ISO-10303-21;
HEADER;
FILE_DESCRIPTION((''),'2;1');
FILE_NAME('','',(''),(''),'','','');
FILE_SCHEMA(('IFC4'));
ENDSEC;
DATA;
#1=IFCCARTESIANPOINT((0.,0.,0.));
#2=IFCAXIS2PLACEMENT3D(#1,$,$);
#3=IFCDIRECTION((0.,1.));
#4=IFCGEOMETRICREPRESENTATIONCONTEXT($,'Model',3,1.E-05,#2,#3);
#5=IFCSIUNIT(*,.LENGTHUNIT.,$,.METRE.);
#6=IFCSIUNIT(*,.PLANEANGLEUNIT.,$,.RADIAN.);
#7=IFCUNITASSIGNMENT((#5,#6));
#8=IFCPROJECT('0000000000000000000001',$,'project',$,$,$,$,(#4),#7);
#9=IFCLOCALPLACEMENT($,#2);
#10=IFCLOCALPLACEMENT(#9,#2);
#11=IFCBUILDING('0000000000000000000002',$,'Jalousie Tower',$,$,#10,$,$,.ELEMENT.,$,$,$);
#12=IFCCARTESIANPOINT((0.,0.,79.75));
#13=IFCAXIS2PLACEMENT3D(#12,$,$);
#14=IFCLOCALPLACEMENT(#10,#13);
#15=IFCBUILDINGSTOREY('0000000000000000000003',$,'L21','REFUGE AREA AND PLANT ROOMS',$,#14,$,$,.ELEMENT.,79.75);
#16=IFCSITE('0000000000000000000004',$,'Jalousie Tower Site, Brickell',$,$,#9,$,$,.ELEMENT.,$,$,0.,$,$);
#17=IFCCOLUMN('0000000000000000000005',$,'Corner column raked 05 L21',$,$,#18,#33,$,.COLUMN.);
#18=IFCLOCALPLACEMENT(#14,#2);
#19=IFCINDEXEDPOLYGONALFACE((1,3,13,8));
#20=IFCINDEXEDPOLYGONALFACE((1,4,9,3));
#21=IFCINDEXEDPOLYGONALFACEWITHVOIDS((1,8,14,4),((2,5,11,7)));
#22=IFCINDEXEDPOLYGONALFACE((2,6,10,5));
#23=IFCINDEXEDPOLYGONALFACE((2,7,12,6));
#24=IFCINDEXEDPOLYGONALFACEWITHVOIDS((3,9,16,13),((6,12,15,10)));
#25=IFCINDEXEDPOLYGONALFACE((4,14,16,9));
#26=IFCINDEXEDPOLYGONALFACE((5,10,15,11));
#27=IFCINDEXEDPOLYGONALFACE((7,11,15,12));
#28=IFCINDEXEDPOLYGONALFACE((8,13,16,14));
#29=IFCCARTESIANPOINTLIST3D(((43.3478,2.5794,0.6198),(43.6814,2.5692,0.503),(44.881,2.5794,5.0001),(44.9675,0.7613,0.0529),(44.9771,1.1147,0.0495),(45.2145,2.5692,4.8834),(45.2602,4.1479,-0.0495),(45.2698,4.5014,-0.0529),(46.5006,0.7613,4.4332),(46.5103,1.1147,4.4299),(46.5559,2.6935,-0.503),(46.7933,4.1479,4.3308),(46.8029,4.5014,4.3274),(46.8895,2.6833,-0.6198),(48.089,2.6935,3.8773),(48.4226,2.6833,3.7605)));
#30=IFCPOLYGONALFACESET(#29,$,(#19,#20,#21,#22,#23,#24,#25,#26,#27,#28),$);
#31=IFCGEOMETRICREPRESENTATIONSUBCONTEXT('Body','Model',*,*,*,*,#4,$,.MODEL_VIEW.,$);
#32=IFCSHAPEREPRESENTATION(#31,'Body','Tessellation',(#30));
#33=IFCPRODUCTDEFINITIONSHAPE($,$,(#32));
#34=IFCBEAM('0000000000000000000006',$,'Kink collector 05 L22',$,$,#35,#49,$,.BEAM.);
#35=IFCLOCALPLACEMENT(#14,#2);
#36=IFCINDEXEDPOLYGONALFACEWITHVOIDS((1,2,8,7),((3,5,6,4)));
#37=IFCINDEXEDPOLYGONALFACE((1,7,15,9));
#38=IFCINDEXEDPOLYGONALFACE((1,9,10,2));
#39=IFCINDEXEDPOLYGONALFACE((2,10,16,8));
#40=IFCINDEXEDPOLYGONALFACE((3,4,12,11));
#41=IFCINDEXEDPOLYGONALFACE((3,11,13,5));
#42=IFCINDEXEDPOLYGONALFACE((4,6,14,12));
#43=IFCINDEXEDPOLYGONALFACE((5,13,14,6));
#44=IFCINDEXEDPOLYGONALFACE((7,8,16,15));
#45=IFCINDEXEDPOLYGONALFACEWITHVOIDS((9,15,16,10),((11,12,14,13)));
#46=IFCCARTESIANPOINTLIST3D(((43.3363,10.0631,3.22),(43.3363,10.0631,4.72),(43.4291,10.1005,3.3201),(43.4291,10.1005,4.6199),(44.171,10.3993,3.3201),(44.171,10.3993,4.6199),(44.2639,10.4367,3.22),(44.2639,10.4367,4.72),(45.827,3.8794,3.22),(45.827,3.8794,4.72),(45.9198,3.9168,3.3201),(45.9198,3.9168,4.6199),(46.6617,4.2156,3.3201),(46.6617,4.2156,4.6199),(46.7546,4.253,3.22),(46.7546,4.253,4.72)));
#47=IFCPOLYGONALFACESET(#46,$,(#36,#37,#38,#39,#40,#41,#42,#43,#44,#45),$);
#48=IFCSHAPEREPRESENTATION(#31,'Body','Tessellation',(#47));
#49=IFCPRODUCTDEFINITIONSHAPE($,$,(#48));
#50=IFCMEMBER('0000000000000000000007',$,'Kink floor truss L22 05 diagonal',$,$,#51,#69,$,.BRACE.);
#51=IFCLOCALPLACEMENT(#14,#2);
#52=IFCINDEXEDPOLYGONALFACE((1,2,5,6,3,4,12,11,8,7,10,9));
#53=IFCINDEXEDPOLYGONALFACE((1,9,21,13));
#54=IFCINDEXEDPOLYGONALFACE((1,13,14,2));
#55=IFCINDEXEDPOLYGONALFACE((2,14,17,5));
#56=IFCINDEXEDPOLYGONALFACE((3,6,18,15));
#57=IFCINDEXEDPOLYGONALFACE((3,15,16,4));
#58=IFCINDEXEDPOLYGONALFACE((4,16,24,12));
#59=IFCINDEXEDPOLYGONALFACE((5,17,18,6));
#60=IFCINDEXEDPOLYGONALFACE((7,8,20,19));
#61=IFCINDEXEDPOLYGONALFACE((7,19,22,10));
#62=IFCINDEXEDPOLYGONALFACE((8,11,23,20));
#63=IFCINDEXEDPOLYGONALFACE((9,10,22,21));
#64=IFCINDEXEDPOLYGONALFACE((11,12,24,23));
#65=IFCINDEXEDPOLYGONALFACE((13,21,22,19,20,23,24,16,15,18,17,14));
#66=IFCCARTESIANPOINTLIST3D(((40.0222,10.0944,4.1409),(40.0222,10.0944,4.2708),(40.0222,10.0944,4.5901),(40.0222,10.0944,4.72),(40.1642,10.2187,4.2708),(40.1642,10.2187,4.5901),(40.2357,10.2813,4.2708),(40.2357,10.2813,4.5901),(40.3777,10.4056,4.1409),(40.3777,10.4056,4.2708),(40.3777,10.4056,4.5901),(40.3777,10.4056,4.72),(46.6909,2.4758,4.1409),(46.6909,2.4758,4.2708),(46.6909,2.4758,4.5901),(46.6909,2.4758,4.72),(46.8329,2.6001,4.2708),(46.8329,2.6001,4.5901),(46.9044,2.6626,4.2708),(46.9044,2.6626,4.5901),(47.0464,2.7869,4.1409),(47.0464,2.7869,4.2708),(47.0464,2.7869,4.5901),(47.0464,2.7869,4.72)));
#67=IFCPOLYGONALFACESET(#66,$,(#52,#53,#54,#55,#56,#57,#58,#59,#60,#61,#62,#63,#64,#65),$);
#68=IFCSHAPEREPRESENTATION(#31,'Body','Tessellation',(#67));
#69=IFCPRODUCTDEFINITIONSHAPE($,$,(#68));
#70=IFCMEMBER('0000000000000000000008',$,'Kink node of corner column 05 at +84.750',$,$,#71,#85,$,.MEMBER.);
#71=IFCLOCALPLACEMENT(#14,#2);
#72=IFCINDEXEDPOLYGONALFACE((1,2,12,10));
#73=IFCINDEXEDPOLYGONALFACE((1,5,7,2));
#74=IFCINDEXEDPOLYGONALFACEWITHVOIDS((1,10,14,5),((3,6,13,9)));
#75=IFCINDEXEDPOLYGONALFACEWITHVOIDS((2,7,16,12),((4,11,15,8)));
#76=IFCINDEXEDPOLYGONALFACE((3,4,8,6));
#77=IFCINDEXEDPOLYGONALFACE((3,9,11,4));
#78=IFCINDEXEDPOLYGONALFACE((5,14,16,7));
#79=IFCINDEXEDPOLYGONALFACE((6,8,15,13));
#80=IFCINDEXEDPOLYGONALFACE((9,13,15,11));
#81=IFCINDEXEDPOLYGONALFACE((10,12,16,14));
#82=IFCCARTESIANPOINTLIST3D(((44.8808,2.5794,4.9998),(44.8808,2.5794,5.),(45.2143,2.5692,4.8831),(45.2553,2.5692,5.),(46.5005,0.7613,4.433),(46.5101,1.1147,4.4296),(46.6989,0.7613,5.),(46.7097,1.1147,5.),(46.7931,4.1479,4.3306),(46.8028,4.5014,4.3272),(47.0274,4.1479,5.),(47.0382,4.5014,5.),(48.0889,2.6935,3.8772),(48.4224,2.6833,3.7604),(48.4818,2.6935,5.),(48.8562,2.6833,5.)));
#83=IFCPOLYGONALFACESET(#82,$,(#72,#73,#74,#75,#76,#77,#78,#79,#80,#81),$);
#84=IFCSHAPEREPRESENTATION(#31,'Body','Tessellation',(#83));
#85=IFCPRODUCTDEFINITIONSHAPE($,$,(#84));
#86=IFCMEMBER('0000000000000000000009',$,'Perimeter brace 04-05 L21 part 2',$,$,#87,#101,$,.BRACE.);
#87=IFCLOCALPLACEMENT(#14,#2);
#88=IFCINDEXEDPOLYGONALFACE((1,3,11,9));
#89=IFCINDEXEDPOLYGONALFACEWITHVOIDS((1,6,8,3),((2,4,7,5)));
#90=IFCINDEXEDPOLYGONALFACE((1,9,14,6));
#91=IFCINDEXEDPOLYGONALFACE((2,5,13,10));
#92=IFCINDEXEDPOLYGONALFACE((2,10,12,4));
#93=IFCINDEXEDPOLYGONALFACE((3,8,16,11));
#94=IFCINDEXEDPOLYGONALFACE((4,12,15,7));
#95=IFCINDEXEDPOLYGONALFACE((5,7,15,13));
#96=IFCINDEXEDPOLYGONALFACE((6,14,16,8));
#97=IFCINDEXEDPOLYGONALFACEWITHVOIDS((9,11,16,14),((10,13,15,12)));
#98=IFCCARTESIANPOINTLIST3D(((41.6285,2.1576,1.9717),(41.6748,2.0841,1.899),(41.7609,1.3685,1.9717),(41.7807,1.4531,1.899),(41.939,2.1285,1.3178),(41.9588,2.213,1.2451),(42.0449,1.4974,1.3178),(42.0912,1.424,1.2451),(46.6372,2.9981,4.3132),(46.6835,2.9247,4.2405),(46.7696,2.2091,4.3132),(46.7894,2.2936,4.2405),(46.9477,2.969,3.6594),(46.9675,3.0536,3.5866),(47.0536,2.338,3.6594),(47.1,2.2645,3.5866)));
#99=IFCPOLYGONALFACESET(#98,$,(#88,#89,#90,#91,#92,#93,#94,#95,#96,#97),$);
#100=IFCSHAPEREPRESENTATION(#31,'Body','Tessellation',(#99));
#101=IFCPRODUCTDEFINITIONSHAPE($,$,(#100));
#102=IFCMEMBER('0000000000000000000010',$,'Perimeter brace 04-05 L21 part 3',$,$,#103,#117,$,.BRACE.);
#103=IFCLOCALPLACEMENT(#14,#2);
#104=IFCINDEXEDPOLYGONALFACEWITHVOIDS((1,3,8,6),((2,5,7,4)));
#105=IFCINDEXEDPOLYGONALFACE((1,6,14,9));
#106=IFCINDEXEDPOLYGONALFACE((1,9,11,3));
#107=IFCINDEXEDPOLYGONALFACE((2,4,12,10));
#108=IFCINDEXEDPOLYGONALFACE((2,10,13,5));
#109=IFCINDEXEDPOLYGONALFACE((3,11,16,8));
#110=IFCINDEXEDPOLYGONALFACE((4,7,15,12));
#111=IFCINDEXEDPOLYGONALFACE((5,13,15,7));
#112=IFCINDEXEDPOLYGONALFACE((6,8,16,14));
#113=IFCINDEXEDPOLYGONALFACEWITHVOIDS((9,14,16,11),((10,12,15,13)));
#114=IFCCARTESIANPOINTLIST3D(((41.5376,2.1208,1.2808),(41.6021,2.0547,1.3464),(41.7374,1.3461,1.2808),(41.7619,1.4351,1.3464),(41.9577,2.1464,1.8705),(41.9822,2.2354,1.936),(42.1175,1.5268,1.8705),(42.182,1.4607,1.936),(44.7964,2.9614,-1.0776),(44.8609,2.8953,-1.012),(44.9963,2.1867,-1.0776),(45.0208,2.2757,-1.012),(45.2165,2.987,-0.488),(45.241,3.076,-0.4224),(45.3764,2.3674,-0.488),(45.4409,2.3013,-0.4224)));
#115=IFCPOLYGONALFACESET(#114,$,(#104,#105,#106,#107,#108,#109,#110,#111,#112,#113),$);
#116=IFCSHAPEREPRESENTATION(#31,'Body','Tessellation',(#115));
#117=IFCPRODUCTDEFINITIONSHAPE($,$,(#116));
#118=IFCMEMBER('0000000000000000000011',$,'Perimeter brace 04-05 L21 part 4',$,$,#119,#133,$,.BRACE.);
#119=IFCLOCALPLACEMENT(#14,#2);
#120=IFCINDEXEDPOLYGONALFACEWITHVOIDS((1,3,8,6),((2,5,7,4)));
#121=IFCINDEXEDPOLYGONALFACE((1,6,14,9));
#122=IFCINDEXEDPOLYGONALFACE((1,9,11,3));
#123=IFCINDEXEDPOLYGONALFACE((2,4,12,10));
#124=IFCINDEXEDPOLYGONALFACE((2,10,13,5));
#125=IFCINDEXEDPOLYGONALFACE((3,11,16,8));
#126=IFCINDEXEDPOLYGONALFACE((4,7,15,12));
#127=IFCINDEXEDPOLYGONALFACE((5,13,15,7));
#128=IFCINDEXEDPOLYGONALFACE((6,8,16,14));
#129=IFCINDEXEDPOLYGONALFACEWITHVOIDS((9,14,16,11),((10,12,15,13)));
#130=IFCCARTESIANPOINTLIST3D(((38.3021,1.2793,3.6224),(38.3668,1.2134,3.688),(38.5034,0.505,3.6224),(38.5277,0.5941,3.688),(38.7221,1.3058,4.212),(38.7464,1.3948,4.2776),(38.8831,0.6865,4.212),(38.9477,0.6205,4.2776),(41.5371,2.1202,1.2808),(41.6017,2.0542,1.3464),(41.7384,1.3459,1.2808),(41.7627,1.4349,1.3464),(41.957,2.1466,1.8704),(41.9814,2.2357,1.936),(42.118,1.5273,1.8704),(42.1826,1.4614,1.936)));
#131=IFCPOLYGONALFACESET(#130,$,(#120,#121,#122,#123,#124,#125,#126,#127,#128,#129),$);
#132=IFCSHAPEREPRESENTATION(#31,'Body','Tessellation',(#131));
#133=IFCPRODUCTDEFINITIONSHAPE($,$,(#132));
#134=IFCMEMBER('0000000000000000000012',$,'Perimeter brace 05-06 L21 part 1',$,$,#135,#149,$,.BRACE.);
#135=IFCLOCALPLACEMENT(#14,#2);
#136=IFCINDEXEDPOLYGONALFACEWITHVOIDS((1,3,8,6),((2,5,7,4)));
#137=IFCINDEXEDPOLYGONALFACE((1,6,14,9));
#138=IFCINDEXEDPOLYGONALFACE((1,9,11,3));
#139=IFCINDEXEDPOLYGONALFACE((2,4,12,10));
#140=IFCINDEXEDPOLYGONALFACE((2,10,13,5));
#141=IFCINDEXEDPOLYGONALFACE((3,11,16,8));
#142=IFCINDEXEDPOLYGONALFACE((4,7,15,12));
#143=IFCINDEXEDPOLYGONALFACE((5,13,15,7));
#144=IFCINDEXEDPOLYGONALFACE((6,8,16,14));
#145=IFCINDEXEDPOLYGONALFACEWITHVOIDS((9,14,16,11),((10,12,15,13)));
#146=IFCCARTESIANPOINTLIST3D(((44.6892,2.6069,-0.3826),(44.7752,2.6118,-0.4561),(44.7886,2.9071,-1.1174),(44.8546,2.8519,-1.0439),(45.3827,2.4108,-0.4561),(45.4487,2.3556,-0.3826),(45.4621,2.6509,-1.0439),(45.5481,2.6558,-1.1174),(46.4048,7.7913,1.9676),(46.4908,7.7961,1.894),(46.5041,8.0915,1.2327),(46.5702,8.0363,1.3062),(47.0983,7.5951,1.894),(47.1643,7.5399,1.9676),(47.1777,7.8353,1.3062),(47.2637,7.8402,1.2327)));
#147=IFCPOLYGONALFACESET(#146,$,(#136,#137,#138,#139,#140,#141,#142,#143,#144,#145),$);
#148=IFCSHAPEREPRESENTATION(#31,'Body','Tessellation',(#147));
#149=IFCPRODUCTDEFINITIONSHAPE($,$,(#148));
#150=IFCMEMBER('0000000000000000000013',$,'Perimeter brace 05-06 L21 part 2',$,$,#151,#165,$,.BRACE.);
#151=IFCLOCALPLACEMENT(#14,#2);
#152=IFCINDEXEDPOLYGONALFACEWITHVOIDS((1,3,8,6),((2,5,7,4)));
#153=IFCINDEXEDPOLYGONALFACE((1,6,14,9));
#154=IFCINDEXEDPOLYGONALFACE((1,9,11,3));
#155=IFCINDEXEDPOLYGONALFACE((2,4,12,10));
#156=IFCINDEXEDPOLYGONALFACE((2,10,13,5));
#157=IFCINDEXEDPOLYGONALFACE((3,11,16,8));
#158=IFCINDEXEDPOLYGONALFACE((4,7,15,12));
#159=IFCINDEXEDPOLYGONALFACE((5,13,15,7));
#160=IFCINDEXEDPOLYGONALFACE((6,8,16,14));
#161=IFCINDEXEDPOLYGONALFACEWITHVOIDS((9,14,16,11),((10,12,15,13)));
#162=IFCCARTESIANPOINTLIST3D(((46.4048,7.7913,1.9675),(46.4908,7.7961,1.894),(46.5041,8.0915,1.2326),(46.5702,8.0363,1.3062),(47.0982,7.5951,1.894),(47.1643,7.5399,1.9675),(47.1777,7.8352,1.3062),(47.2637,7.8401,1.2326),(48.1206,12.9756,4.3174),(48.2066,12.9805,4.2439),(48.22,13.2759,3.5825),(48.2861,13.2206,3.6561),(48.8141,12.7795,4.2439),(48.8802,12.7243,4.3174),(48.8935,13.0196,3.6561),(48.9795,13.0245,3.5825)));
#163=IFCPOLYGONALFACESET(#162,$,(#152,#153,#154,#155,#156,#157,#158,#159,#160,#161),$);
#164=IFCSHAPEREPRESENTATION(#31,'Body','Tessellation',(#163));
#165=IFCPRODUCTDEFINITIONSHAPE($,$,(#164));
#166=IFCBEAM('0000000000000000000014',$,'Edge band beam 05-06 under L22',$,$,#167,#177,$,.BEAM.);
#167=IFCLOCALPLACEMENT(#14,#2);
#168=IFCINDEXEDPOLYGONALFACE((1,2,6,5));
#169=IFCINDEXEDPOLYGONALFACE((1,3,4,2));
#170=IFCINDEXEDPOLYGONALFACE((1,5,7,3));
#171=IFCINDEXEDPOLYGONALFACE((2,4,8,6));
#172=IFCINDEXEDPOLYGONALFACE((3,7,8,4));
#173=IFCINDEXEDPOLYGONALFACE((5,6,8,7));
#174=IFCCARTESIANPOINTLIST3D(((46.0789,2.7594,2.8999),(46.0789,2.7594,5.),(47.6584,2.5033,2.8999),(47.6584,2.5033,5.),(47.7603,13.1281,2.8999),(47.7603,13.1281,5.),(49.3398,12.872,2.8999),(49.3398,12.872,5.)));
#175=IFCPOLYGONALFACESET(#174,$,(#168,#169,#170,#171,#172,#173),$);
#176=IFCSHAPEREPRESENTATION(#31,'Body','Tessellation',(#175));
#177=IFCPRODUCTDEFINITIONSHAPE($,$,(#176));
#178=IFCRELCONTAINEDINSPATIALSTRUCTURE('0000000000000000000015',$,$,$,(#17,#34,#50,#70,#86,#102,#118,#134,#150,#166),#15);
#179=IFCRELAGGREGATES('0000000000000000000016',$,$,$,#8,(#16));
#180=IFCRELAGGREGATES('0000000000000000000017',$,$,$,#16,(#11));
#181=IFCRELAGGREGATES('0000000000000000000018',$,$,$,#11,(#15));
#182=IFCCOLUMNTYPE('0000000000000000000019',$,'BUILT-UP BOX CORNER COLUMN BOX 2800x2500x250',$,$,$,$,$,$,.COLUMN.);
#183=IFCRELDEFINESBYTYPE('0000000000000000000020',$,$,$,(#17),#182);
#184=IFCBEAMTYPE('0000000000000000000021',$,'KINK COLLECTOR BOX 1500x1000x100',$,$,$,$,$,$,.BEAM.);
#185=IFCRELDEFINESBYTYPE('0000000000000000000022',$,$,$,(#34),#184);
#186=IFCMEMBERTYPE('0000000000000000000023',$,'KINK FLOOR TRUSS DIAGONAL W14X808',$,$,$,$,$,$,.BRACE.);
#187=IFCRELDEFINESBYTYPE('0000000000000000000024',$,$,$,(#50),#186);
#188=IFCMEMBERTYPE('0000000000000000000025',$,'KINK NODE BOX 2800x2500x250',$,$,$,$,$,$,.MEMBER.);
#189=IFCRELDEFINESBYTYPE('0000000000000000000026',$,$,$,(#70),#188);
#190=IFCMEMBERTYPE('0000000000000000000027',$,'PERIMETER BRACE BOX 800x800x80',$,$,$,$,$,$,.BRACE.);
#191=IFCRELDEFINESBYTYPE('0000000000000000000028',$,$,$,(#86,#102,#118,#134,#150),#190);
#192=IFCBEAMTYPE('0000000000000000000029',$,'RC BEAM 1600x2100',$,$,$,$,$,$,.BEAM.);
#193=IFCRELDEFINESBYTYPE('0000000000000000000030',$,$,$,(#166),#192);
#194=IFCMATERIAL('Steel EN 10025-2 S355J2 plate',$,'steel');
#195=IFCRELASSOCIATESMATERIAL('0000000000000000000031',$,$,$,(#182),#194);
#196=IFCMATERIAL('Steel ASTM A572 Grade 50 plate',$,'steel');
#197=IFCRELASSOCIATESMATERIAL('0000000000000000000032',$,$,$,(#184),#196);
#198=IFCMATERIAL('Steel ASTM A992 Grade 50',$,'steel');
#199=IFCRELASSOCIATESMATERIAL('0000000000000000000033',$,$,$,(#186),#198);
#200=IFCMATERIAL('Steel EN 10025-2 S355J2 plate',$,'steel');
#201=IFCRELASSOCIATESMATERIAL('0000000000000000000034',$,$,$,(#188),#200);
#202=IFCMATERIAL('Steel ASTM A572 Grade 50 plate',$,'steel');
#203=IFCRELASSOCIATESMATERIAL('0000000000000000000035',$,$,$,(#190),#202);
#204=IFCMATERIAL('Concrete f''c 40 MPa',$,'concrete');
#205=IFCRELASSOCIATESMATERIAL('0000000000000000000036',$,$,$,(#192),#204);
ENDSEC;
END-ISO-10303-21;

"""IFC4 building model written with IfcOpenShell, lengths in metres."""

from ifc_helpers import new_model, si_unit, direction, frame, origin, origin_2d, place, context, subcontext, project, spatial, rectangle, hollow_rectangle, i_section, extrude, clip, halfspace, material, material_profile, profile_set, type_object, element, save


model = new_model("IFC4")

# Units and contexts
model_context = context("Model", 3, precision=1e-05, world=origin(), true_north=direction((0.0, 1.0)))
body_context = subcontext(model_context, "Body", "Model", "MODEL_VIEW")
ifc_project = project(units=[si_unit("LENGTHUNIT", "METRE"), si_unit("PLANEANGLEUNIT", "RADIAN")], contexts=[model_context])

# Site, building, storey
site_placement = place(None, origin())
site = spatial("IfcSite", under=ifc_project, at=site_placement, Name="Jalousie Tower Site, Brickell", CompositionType="ELEMENT", RefElevation=0.0)
building_placement = place(site_placement, origin())
building = spatial("IfcBuilding", under=site, at=building_placement, Name="Jalousie Tower", CompositionType="ELEMENT")
storey_placement = place(building_placement, frame((0.0, 0.0, 79.75)))
storey = spatial("IfcBuildingStorey", under=building, at=storey_placement, Name="L21", Description="REFUGE AREA AND PLANT ROOMS", CompositionType="ELEMENT", Elevation=79.75)

# Column
ifc_material_1 = material(Name="Steel EN 10025-2 S355J2 plate", Category="steel")
ifc_material_profile_1 = material_profile(ifc_material_1, hollow_rectangle(XDim=2.5, YDim=2.8, WallThickness=0.25, at=origin_2d()), Name="BOX 2800x2500x250")
ifc_profile_set_1 = profile_set([ifc_material_profile_1], Name="Steel EN 10025-2 S355J2 plate")
column_type = type_object("IfcColumnType", Name="BUILT-UP BOX CORNER COLUMN BOX 2800x2500x250", PredefinedType="COLUMN", material=ifc_profile_set_1)
column_placement = place(storey_placement, frame((45.1187, 2.6313, 0.0), z_axis=(0.33035, 0.0, 0.943858), x_axis=(-0.647863, 0.727226, 0.226752)))
element("IfcColumn", 1, at=column_placement, inside=storey, type_object=column_type, Name="Corner column raked 05 L21", PredefinedType="COLUMN", context=body_context, shape_type="SweptSolid", body=[
    extrude(hollow_rectangle(XDim=2.5, YDim=2.8, WallThickness=0.25, at=origin_2d()), origin(), (0.0, 0.0, 1.0), 4.6409),
])

# Beam
ifc_material_2 = material(Name="Steel ASTM A572 Grade 50 plate", Category="steel")
ifc_material_profile_2 = material_profile(ifc_material_2, hollow_rectangle(XDim=1.0, YDim=1.5, WallThickness=0.1001, at=origin_2d()), Name="BOX 1500x1000x100")
ifc_profile_set_2 = profile_set([ifc_material_profile_2], Name="Steel ASTM A572 Grade 50 plate")
beam_type_1 = type_object("IfcBeamType", Name="KINK COLLECTOR BOX 1500x1000x100", PredefinedType="BEAM", material=ifc_profile_set_2)
beam_1_placement = place(storey_placement, frame((46.2908, 4.0662, 3.97), z_axis=(-0.373612, 0.927585, 0.0), x_axis=(-0.927585, -0.373612, 0.0)))
element("IfcBeam", 2, at=beam_1_placement, inside=storey, type_object=beam_type_1, Name="Kink collector 05 L22", PredefinedType="BEAM", context=body_context, shape_type="SweptSolid", body=[
    extrude(hollow_rectangle(XDim=1.0, YDim=1.5, WallThickness=0.1001, at=origin_2d()), origin(), (0.0, 0.0, 1.0), 6.6665),
])

# Members
ifc_material_3 = material(Name="Steel ASTM A992 Grade 50", Category="steel")
ifc_material_profile_3 = material_profile(ifc_material_3, i_section(OverallWidth=0.4724, OverallDepth=0.5791, WebThickness=0.095, FlangeThickness=0.1299, at=origin_2d()), Name="W14X808")
ifc_profile_set_3 = profile_set([ifc_material_profile_3], Name="Steel ASTM A992 Grade 50")
member_type_1 = type_object("IfcMemberType", Name="KINK FLOOR TRUSS DIAGONAL W14X808", PredefinedType="BRACE", material=ifc_profile_set_3)
member_1_placement = place(storey_placement, frame((46.8687, 2.6313, 4.4304), z_axis=(-0.658638, 0.75246, 0.0), x_axis=(-0.75246, -0.658638, 0.0)))
element("IfcMember", 3, at=member_1_placement, inside=storey, type_object=member_type_1, Name="Kink floor truss L22 05 diagonal", PredefinedType="BRACE", context=body_context, shape_type="SweptSolid", body=[
    extrude(i_section(OverallWidth=0.4724, OverallDepth=0.5791, WebThickness=0.095, FlangeThickness=0.1299, at=origin_2d()), origin(), (0.0, 0.0, 1.0), 10.125),
])
ifc_material_4 = material(Name="Steel EN 10025-2 S355J2 plate", Category="steel")
ifc_material_profile_4 = material_profile(ifc_material_4, hollow_rectangle(XDim=2.5, YDim=2.8, WallThickness=0.25, at=origin_2d()), Name="BOX 2800x2500x250")
ifc_profile_set_4 = profile_set([ifc_material_profile_4], Name="Steel EN 10025-2 S355J2 plate")
member_type_2 = type_object("IfcMemberType", Name="KINK NODE BOX 2800x2500x250", PredefinedType="MEMBER", material=ifc_profile_set_4)
member_2_placement = place(storey_placement, frame((46.6516, 2.6313, 4.3801), z_axis=(0.330301, 0.0, 0.943876), x_axis=(-0.647875, 0.727226, 0.226718)))
element("IfcMember", 4, at=member_2_placement, inside=storey, type_object=member_type_2, Name="Kink node of corner column 05 at +84.750", PredefinedType="MEMBER", context=body_context, shape_type="Clipping", body=[
    clip(extrude(hollow_rectangle(XDim=2.5, YDim=2.8, WallThickness=0.25, at=origin_2d()), origin(), (0.0, 0.0, 1.0), 1.3135), halfspace(frame((0.0, 0.0, 0.6567), z_axis=(0.226718, 0.240203, 0.943876)), False)),
])
ifc_material_5 = material(Name="Steel ASTM A572 Grade 50 plate", Category="steel")
ifc_material_profile_5 = material_profile(ifc_material_5, hollow_rectangle(XDim=0.8, YDim=0.8, WallThickness=0.0801, at=origin_2d()), Name="BOX 800x800x80")
ifc_profile_set_5 = profile_set([ifc_material_profile_5], Name="Steel ASTM A572 Grade 50 plate")
member_type_3 = type_object("IfcMemberType", Name="PERIMETER BRACE BOX 800x800x80", PredefinedType="BRACE", material=ifc_profile_set_5)
member_3_placement = place(storey_placement, frame((41.8599, 1.7908, 1.6084), z_axis=(0.895607, 0.150301, 0.418686), x_axis=(-0.165506, 0.986209, 0.0)))
element("IfcMember", 5, at=member_3_placement, inside=storey, type_object=member_type_3, Name="Perimeter brace 04-05 L21 part 2", PredefinedType="BRACE", context=body_context, shape_type="SweptSolid", body=[
    extrude(hollow_rectangle(XDim=0.8, YDim=0.8, WallThickness=0.0801, at=origin_2d()), origin(), (0.0, 0.0, 1.0), 5.5925),
])
member_4_placement = place(storey_placement, frame((45.1187, 2.6313, -0.75), z_axis=(-0.792982, -0.204543, 0.573884), x_axis=(0.249766, -0.968306, 0.0)))
element("IfcMember", 6, at=member_4_placement, inside=storey, type_object=member_type_3, Name="Perimeter brace 04-05 L21 part 3", PredefinedType="BRACE", context=body_context, shape_type="SweptSolid", body=[
    extrude(hollow_rectangle(XDim=0.8, YDim=0.8, WallThickness=0.0801, at=origin_2d()), origin(), (0.0, 0.0, 1.0), 4.1096),
])
member_5_placement = place(storey_placement, frame((41.8599, 1.7908, 1.6084), z_axis=(-0.792673, -0.206035, 0.573776), x_axis=(0.251565, -0.96784, 0.0)))
element("IfcMember", 7, at=member_5_placement, inside=storey, type_object=member_type_3, Name="Perimeter brace 04-05 L21 part 4", PredefinedType="BRACE", context=body_context, shape_type="SweptSolid", body=[
    extrude(hollow_rectangle(XDim=0.8, YDim=0.8, WallThickness=0.0801, at=origin_2d()), origin(), (0.0, 0.0, 1.0), 4.0811),
])
for number, where, z_axis, x_axis, name in (
    (8, (45.1187, 2.6313, -0.75), (0.288573, 0.872044, 0.395304), (-0.94937, 0.314162, 0.0), "Perimeter brace 05-06 L21 part 1"),
    (9, (46.8342, 7.8157, 1.6001), (0.288615, 0.872047, 0.395265), (-0.949356, 0.314202, 0.0), "Perimeter brace 05-06 L21 part 2"),
):
    element("IfcMember", number, at=place(storey_placement, frame(where, z_axis=z_axis, x_axis=x_axis)), inside=storey, type_object=member_type_3, Name=name, PredefinedType="BRACE", context=body_context, shape_type="SweptSolid", body=[
        extrude(hollow_rectangle(XDim=0.8, YDim=0.8, WallThickness=0.0801, at=origin_2d()), origin(), (0.0, 0.0, 1.0), 5.9451),
    ])

# Beam
ifc_material_6 = material(Name="Concrete f'c 40 MPa", Category="concrete")
ifc_material_profile_6 = material_profile(ifc_material_6, rectangle(XDim=1.6001, YDim=2.1001, at=origin_2d()), Name="RC 1600x2100")
ifc_profile_set_6 = profile_set([ifc_material_profile_6], Name="Concrete f'c 40 MPa")
beam_type_2 = type_object("IfcBeamType", Name="RC BEAM 1600x2100", PredefinedType="BEAM", material=ifc_profile_set_6)
beam_2_placement = place(storey_placement, frame((46.8687, 2.6313, 3.95), z_axis=(0.160071, 0.987106, 0.0), x_axis=(-0.987106, 0.160071, 0.0)))
element("IfcBeam", 10, at=beam_2_placement, inside=storey, type_object=beam_type_2, Name="Edge band beam 05-06 under L22", PredefinedType="BEAM", context=body_context, shape_type="SweptSolid", body=[
    extrude(rectangle(XDim=1.6001, YDim=2.1001, at=origin_2d()), origin(), (0.0, 0.0, 1.0), 10.5042),
])

save(model, "model.ifc")
